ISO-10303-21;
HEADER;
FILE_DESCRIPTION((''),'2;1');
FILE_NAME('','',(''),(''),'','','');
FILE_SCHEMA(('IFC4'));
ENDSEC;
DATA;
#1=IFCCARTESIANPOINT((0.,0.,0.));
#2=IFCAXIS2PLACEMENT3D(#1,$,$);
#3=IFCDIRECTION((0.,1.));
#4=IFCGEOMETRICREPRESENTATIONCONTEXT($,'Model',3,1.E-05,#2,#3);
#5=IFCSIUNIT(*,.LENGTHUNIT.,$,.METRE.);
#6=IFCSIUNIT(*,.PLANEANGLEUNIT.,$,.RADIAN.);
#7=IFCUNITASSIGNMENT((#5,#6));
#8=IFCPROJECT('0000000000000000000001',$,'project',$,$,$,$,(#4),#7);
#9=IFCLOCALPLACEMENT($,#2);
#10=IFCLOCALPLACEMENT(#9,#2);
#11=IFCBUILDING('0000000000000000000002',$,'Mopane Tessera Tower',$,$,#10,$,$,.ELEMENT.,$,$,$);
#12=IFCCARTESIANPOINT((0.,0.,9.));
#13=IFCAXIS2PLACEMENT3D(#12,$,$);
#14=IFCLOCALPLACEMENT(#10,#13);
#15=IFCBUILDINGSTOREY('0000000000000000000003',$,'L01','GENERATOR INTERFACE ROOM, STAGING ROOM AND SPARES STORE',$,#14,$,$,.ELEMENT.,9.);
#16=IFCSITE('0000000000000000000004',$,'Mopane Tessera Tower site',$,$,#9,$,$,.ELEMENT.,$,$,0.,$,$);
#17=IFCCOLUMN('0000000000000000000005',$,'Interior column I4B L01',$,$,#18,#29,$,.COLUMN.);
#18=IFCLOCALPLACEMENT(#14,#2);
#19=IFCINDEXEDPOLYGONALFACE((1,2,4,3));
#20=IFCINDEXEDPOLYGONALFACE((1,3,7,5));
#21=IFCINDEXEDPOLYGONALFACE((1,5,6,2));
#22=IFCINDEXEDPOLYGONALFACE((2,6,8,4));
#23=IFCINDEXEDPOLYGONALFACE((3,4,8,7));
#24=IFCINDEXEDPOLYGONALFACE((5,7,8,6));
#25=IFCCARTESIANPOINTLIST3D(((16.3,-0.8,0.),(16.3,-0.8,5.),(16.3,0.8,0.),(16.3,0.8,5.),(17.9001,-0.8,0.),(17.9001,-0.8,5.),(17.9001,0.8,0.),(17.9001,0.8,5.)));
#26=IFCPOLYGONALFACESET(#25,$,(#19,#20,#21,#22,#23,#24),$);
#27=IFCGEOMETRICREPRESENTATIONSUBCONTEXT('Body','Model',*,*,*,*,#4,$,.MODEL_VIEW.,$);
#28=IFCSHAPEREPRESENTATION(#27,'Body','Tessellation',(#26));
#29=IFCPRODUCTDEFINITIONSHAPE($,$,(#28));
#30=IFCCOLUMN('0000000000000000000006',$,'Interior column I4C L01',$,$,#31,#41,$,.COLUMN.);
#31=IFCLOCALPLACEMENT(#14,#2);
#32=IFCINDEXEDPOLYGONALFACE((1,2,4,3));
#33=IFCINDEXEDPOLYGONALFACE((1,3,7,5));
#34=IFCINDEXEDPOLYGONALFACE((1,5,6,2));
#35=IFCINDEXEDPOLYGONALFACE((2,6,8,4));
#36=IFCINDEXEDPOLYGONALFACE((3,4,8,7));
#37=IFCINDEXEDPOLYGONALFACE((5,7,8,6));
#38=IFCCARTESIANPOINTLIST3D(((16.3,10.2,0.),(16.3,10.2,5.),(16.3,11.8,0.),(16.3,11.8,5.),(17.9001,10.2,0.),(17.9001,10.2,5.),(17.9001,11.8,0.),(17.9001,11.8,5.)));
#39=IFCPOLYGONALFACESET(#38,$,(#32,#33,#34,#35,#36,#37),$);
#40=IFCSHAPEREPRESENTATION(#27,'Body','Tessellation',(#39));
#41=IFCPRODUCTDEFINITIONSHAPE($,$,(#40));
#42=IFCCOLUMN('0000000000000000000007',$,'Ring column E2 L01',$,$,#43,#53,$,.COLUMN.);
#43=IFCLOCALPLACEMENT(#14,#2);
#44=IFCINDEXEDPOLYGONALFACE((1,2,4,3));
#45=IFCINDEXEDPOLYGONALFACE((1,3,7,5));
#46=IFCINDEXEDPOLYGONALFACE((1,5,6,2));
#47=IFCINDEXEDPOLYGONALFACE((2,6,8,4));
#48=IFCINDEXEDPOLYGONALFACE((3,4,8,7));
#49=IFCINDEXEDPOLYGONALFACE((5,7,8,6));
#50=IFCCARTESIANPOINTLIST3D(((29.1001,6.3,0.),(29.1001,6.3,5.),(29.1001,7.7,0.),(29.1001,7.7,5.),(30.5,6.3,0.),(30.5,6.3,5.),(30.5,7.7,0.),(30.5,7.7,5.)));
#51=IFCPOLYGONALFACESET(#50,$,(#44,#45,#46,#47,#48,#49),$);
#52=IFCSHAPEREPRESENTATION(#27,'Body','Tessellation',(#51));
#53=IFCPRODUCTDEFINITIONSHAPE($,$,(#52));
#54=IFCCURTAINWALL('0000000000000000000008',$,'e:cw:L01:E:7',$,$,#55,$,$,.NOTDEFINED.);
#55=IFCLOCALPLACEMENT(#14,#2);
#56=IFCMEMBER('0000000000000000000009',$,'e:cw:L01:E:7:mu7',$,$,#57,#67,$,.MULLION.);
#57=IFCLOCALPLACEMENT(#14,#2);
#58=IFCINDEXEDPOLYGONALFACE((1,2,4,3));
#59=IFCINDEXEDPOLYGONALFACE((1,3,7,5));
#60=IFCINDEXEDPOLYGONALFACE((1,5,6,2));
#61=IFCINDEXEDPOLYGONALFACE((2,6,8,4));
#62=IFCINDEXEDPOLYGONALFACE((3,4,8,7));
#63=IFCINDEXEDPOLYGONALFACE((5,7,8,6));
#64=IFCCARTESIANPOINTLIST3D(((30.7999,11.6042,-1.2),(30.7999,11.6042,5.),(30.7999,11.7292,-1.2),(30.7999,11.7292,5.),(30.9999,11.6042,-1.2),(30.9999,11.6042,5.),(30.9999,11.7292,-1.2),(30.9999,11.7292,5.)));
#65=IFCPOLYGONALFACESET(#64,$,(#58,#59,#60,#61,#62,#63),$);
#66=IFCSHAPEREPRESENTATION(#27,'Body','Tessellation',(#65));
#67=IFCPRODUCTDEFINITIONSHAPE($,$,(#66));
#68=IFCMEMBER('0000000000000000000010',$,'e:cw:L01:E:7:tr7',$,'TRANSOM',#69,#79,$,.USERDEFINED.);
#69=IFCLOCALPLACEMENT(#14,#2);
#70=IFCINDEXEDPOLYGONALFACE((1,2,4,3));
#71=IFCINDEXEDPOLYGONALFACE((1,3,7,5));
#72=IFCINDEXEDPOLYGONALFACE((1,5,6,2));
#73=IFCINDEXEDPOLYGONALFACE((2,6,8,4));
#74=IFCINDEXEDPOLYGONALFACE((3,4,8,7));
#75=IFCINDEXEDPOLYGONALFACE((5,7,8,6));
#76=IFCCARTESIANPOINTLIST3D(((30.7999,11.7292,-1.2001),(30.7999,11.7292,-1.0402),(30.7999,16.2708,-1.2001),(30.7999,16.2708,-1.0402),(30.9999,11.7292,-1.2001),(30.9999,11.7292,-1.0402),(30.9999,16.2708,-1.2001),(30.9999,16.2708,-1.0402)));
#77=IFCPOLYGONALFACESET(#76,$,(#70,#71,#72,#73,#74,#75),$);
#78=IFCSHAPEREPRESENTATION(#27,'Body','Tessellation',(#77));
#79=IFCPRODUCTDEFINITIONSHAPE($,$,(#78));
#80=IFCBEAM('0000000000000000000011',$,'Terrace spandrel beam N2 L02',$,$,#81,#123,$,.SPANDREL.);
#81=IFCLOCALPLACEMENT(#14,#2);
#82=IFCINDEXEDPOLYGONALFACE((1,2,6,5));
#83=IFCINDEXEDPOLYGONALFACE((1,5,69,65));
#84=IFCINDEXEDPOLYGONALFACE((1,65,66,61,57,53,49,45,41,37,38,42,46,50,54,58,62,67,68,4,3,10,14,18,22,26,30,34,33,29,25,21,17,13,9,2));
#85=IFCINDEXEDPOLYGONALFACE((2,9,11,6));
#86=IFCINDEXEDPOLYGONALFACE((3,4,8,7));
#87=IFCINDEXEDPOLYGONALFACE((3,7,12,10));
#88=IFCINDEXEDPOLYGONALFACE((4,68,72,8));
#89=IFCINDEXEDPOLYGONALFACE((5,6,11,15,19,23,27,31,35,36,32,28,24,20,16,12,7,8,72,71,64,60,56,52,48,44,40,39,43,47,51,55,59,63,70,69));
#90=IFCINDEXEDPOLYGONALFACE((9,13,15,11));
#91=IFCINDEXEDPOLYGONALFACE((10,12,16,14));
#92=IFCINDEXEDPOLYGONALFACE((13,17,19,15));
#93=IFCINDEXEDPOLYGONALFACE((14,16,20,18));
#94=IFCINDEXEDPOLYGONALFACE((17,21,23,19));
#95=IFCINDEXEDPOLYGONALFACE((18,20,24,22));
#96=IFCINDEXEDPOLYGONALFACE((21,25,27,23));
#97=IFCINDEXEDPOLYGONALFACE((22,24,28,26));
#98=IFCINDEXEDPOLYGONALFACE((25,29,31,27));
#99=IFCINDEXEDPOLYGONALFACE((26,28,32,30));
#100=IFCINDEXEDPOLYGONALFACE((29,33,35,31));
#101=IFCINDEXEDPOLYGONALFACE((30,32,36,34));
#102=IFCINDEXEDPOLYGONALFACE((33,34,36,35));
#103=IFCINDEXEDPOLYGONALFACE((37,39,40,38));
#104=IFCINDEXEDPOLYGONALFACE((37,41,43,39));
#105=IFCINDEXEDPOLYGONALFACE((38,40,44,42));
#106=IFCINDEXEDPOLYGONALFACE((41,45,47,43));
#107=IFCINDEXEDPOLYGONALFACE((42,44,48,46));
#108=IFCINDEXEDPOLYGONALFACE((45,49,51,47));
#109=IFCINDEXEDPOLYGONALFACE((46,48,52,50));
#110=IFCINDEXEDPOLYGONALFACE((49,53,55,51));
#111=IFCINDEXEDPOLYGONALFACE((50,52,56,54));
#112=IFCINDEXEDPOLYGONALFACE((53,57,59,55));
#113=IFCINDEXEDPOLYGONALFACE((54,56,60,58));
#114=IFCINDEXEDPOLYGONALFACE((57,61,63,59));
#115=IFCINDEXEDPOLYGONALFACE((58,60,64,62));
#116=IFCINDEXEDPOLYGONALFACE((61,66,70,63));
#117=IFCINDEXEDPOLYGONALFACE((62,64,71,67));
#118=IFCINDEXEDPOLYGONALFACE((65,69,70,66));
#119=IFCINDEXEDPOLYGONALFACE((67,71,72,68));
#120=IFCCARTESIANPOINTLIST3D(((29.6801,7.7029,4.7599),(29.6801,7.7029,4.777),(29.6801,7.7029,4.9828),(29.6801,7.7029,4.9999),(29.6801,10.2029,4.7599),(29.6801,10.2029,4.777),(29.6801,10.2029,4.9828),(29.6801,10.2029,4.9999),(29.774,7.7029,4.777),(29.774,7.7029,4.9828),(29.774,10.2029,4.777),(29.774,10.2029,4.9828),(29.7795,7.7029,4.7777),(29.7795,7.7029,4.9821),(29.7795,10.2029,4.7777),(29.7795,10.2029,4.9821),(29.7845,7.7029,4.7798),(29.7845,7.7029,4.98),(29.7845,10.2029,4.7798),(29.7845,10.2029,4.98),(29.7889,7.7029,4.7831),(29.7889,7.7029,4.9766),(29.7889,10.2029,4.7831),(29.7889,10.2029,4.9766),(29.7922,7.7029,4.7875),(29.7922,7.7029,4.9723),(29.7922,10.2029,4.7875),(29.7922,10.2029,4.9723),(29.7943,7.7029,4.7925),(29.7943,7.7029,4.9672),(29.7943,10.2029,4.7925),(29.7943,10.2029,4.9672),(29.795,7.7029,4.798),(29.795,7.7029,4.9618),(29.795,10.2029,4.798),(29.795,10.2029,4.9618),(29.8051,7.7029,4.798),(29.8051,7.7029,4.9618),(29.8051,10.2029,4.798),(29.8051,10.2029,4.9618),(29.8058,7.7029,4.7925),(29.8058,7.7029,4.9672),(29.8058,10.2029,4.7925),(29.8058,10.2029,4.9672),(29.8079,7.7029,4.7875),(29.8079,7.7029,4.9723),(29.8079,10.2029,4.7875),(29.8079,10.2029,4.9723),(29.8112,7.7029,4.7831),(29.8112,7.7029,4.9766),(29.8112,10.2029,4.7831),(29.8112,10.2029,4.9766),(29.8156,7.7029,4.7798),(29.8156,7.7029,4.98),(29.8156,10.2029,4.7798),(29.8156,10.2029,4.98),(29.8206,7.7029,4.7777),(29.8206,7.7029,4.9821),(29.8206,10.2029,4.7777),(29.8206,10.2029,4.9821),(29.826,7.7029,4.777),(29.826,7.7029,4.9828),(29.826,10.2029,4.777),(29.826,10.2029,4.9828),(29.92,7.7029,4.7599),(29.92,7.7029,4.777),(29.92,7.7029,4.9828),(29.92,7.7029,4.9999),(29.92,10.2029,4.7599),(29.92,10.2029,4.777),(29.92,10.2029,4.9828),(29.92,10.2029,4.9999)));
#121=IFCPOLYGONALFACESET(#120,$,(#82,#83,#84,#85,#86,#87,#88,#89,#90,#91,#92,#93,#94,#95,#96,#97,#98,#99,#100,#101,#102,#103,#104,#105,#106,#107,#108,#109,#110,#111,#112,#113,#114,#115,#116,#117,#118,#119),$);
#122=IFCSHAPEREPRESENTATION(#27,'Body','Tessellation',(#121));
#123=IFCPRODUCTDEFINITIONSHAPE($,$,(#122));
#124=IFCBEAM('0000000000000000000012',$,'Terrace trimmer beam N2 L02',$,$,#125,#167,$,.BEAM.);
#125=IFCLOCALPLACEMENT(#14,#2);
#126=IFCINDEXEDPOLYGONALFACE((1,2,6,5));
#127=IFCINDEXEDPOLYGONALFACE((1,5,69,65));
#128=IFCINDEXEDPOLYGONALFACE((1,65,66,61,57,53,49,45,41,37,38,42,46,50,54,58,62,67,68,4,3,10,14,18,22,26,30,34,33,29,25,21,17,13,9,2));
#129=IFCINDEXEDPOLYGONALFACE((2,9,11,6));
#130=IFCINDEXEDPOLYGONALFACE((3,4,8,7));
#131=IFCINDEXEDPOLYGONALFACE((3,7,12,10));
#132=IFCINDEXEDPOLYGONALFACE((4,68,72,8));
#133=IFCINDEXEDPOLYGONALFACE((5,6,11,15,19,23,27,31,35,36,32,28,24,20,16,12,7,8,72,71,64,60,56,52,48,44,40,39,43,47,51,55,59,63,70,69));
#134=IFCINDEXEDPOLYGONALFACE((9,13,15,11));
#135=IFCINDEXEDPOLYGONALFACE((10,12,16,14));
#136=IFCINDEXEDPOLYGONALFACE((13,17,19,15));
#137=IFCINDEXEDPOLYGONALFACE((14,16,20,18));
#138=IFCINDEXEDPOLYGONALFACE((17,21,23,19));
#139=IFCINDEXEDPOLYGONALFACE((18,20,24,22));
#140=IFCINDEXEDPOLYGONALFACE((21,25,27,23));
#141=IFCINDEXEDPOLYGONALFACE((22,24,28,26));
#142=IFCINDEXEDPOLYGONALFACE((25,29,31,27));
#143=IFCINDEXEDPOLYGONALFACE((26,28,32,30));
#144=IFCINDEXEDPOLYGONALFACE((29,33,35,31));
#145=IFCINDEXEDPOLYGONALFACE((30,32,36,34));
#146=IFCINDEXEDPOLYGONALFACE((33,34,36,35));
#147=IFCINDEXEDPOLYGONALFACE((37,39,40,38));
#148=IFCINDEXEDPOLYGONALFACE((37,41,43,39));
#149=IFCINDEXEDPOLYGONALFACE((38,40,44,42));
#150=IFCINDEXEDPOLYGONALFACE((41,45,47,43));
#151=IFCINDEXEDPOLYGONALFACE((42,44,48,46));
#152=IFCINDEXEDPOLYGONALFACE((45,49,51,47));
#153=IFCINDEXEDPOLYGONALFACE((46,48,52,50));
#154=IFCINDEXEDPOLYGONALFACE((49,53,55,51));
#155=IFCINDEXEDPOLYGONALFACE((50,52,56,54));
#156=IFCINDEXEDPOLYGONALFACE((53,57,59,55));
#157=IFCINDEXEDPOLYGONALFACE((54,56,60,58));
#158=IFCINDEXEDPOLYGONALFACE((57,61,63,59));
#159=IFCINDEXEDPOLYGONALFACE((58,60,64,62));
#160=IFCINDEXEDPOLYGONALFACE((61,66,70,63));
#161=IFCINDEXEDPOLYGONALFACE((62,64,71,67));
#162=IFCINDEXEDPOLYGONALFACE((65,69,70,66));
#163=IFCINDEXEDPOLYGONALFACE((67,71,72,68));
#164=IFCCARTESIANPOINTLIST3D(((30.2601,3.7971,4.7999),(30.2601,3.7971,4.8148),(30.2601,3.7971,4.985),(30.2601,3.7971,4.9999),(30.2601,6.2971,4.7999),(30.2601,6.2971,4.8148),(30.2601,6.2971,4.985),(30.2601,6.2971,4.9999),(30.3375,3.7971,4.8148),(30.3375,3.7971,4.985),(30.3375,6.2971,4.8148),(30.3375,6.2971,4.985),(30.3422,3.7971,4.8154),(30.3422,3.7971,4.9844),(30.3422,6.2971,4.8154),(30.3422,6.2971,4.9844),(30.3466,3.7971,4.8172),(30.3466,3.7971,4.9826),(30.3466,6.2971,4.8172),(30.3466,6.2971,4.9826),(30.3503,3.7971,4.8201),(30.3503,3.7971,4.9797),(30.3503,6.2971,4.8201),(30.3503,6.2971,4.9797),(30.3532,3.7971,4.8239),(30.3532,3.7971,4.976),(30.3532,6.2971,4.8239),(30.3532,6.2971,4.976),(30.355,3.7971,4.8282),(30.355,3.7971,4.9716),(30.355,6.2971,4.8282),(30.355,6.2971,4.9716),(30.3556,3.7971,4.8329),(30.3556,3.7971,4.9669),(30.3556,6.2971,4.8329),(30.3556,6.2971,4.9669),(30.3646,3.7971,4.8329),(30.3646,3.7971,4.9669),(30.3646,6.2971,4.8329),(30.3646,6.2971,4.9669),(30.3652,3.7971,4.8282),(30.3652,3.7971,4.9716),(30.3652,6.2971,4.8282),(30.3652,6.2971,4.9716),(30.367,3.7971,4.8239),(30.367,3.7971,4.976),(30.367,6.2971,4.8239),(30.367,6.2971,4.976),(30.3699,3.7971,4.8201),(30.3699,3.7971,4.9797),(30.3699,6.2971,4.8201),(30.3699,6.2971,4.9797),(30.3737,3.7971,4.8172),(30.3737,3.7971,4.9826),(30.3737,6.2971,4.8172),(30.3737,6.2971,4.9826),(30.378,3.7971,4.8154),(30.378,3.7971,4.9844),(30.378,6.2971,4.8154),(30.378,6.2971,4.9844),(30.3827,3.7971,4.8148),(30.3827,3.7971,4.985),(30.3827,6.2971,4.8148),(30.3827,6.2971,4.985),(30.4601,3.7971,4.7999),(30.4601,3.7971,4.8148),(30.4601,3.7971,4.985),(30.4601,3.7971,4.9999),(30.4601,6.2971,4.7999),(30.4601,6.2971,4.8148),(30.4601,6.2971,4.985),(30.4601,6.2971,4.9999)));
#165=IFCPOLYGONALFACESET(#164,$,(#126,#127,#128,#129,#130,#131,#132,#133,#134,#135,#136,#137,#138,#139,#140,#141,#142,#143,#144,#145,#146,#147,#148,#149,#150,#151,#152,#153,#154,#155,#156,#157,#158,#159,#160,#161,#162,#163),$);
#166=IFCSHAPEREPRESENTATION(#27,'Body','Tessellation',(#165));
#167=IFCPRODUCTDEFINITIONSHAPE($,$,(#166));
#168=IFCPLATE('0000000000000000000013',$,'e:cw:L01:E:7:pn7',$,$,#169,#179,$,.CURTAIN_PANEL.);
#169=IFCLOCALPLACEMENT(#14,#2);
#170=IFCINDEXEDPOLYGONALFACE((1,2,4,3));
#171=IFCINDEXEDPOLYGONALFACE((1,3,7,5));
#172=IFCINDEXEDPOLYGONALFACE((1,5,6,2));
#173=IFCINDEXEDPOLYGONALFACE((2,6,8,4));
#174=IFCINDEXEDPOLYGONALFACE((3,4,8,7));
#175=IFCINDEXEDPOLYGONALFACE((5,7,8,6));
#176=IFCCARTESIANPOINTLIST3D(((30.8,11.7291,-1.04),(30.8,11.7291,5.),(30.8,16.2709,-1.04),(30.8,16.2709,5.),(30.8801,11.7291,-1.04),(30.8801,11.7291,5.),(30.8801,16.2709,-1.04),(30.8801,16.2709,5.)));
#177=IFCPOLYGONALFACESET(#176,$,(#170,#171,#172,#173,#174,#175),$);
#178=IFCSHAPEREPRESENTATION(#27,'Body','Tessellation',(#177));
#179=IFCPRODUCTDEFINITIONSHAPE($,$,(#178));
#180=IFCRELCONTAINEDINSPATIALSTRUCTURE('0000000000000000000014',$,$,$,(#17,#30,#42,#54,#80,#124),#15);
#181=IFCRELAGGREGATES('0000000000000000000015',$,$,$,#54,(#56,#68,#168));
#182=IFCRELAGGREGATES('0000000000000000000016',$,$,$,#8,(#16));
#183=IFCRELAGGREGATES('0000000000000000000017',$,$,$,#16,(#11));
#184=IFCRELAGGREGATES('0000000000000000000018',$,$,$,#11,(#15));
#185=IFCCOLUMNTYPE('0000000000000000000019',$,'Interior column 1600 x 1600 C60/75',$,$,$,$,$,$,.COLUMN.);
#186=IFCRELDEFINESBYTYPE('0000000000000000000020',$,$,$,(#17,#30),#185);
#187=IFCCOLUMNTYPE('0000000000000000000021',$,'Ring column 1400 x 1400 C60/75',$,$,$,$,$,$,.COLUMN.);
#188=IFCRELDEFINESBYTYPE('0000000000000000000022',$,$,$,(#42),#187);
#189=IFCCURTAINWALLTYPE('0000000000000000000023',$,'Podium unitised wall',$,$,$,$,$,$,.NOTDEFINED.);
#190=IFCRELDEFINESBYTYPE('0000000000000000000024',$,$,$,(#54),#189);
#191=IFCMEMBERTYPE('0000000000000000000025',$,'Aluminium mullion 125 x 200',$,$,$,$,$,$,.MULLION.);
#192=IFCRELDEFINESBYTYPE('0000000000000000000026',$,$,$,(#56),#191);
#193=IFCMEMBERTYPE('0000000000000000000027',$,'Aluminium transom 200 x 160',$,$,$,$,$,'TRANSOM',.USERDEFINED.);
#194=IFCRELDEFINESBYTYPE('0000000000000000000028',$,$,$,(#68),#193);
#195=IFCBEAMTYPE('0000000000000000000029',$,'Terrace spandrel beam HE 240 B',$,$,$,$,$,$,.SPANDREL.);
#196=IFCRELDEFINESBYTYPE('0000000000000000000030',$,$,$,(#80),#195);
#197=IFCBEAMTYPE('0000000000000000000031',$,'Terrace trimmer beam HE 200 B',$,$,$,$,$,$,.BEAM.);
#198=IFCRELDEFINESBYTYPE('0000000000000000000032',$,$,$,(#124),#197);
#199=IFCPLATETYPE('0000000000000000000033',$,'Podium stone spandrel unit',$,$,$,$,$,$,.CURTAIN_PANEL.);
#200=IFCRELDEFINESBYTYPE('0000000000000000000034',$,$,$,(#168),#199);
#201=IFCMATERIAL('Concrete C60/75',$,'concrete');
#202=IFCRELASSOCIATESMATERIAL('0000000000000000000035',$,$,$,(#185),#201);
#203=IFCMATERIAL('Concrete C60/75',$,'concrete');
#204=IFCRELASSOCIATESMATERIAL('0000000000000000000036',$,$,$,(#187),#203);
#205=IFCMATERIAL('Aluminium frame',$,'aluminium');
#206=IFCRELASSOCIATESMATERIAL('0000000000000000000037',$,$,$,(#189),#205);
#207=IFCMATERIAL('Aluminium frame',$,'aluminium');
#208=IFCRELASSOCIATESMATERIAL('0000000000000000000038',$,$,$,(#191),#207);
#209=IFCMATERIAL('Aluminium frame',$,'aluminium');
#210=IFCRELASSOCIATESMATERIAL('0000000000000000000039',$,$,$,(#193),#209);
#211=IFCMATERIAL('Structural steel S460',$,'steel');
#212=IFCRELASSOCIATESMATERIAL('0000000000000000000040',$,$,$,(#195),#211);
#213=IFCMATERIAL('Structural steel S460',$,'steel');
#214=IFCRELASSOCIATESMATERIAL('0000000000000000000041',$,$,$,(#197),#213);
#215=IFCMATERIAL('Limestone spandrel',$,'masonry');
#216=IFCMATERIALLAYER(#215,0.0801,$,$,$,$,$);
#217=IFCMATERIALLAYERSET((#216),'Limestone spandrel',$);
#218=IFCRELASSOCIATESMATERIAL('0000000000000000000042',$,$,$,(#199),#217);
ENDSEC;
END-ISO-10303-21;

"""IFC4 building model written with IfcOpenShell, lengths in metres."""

from ifc_helpers import new_model, si_unit, direction, frame, origin, origin_2d, place, context, subcontext, project, spatial, rectangle, i_section, extrude, material, layer, layer_set, material_profile, profile_set, type_object, element, aggregate, save


model = new_model("IFC4")

# Units and contexts
model_context = context("Model", 3, precision=1e-05, world=origin(), true_north=direction((0.0, 1.0)))
body_context = subcontext(model_context, "Body", "Model", "MODEL_VIEW")
ifc_project = project(units=[si_unit("LENGTHUNIT", "METRE"), si_unit("PLANEANGLEUNIT", "RADIAN")], contexts=[model_context])

# Site, building, storey
site_placement = place(None, origin())
site = spatial("IfcSite", under=ifc_project, at=site_placement, Name="Mopane Tessera Tower site", CompositionType="ELEMENT", RefElevation=0.0)
building_placement = place(site_placement, origin())
building = spatial("IfcBuilding", under=site, at=building_placement, Name="Mopane Tessera Tower", CompositionType="ELEMENT")
storey_placement = place(building_placement, frame((0.0, 0.0, 9.0)))
storey = spatial("IfcBuildingStorey", under=building, at=storey_placement, Name="L01", Description="GENERATOR INTERFACE ROOM, STAGING ROOM AND SPARES STORE", CompositionType="ELEMENT", Elevation=9.0)

# Columns
ifc_material_1 = material(Name="Concrete C60/75", Category="concrete")
ifc_material_profile_1 = material_profile(ifc_material_1, rectangle(XDim=1.6001, YDim=1.6001, at=origin_2d()))
ifc_profile_set_1 = profile_set([ifc_material_profile_1], Name="Concrete C60/75")
column_type_1 = type_object("IfcColumnType", Name="Interior column 1600 x 1600 C60/75", PredefinedType="COLUMN", material=ifc_profile_set_1)
for number, where, z_axis, x_axis, name in (
    (1, (17.1001, 0.0, 0.0), (0.0, 0.0, 1.0), (1.0, 0.0, 0.0), "Interior column I4B L01"),
    (2, (17.1001, 11.0, 0.0), (0.0, 0.0, 1.0), (1.0, 0.0, 0.0), "Interior column I4C L01"),
):
    element("IfcColumn", number, at=place(storey_placement, frame(where, z_axis=z_axis, x_axis=x_axis)), inside=storey, type_object=column_type_1, Name=name, PredefinedType="COLUMN", context=body_context, shape_type="SweptSolid", body=[
        extrude(rectangle(XDim=1.6001, YDim=1.6001, at=origin_2d()), origin(), (0.0, 0.0, 1.0), 5.0),
    ])
ifc_material_2 = material(Name="Concrete C60/75", Category="concrete")
ifc_material_profile_2 = material_profile(ifc_material_2, rectangle(XDim=1.3999, YDim=1.3999, at=origin_2d()))
ifc_profile_set_2 = profile_set([ifc_material_profile_2], Name="Concrete C60/75")
column_type_2 = type_object("IfcColumnType", Name="Ring column 1400 x 1400 C60/75", PredefinedType="COLUMN", material=ifc_profile_set_2)
column_placement = place(storey_placement, frame((29.8, 7.0, 0.0), z_axis=(0.0, 0.0, 1.0), x_axis=(1.0, 0.0, 0.0)))
element("IfcColumn", 3, at=column_placement, inside=storey, type_object=column_type_2, Name="Ring column E2 L01", PredefinedType="COLUMN", context=body_context, shape_type="SweptSolid", body=[
    extrude(rectangle(XDim=1.3999, YDim=1.3999, at=origin_2d()), origin(), (0.0, 0.0, 1.0), 5.0),
])

# Curtain wall, members
ifc_material_3 = material(Name="Aluminium frame", Category="aluminium")
curtain_wall_type = type_object("IfcCurtainWallType", Name="Podium unitised wall", PredefinedType="NOTDEFINED", material=ifc_material_3)
curtain_wall_placement = place(storey_placement, origin())
curtain_wall = element("IfcCurtainWall", 4, at=curtain_wall_placement, inside=storey, type_object=curtain_wall_type, Name="e:cw:L01:E:7", PredefinedType="NOTDEFINED")
ifc_material_4 = material(Name="Aluminium frame", Category="aluminium")
ifc_material_profile_3 = material_profile(ifc_material_4, rectangle(XDim=0.125, YDim=0.2, at=origin_2d()))
ifc_profile_set_3 = profile_set([ifc_material_profile_3], Name="Aluminium frame")
member_type_1 = type_object("IfcMemberType", Name="Aluminium mullion 125 x 200", PredefinedType="MULLION", material=ifc_profile_set_3)
member_1_placement = place(storey_placement, frame((30.8999, 11.6667, -1.2), z_axis=(0.0, 0.0, 1.0), x_axis=(0.0, 1.0, 0.0)))
member_1 = element("IfcMember", 5, at=member_1_placement, type_object=member_type_1, Name="e:cw:L01:E:7:mu7", PredefinedType="MULLION", context=body_context, shape_type="SweptSolid", body=[
    extrude(rectangle(XDim=0.125, YDim=0.2, at=origin_2d()), origin(), (0.0, 0.0, 1.0), 6.2),
])
ifc_material_5 = material(Name="Aluminium frame", Category="aluminium")
ifc_material_profile_4 = material_profile(ifc_material_5, rectangle(XDim=0.2, YDim=0.1599, at=origin_2d()))
ifc_profile_set_4 = profile_set([ifc_material_profile_4], Name="Aluminium frame")
member_type_2 = type_object("IfcMemberType", Name="Aluminium transom 200 x 160", ElementType="TRANSOM", PredefinedType="USERDEFINED", material=ifc_profile_set_4)
member_2_placement = place(storey_placement, frame((30.8999, 11.7292, -1.1201), z_axis=(0.0, 1.0, 0.0), x_axis=(-1.0, 0.0, 0.0)))
member_2 = element("IfcMember", 6, at=member_2_placement, type_object=member_type_2, Name="e:cw:L01:E:7:tr7", ObjectType="TRANSOM", PredefinedType="USERDEFINED", context=body_context, shape_type="SweptSolid", body=[
    extrude(rectangle(XDim=0.2, YDim=0.1599, at=origin_2d()), origin(), (0.0, 0.0, 1.0), 4.5415),
])

# Beams
ifc_material_6 = material(Name="Structural steel S460", Category="steel")
ifc_material_profile_5 = material_profile(ifc_material_6, i_section(OverallWidth=0.24, OverallDepth=0.24, WebThickness=0.01, FlangeThickness=0.0171, FilletRadius=0.021, at=origin_2d()))
ifc_profile_set_5 = profile_set([ifc_material_profile_5], Name="Structural steel S460")
beam_type_1 = type_object("IfcBeamType", Name="Terrace spandrel beam HE 240 B", PredefinedType="SPANDREL", material=ifc_profile_set_5)
beam_1_placement = place(storey_placement, frame((29.8, 7.7029, 4.8799), z_axis=(0.0, 1.0, 0.0), x_axis=(-1.0, 0.0, 0.0)))
element("IfcBeam", 7, at=beam_1_placement, inside=storey, type_object=beam_type_1, Name="Terrace spandrel beam N2 L02", PredefinedType="SPANDREL", context=body_context, shape_type="SweptSolid", body=[
    extrude(i_section(OverallWidth=0.24, OverallDepth=0.24, WebThickness=0.01, FlangeThickness=0.0171, FilletRadius=0.021, at=origin_2d()), origin(), (0.0, 0.0, 1.0), 2.5),
])
ifc_material_7 = material(Name="Structural steel S460", Category="steel")
ifc_material_profile_6 = material_profile(ifc_material_7, i_section(OverallWidth=0.2, OverallDepth=0.2, WebThickness=0.009, FlangeThickness=0.0149, FilletRadius=0.0181, at=origin_2d()))
ifc_profile_set_6 = profile_set([ifc_material_profile_6], Name="Structural steel S460")
beam_type_2 = type_object("IfcBeamType", Name="Terrace trimmer beam HE 200 B", PredefinedType="BEAM", material=ifc_profile_set_6)
beam_2_placement = place(storey_placement, frame((30.3601, 6.2971, 4.8999), z_axis=(0.0, -1.0, 0.0), x_axis=(1.0, 0.0, 0.0)))
element("IfcBeam", 8, at=beam_2_placement, inside=storey, type_object=beam_type_2, Name="Terrace trimmer beam N2 L02", PredefinedType="BEAM", context=body_context, shape_type="SweptSolid", body=[
    extrude(i_section(OverallWidth=0.2, OverallDepth=0.2, WebThickness=0.009, FlangeThickness=0.0149, FilletRadius=0.0181, at=origin_2d()), origin(), (0.0, 0.0, 1.0), 2.5),
])

# Plate
ifc_material_8 = material(Name="Limestone spandrel", Category="masonry")
ifc_layer_1 = layer(ifc_material_8, 0.0801)
ifc_layer_set_1 = layer_set([ifc_layer_1], Name="Limestone spandrel")
plate_type = type_object("IfcPlateType", Name="Podium stone spandrel unit", PredefinedType="CURTAIN_PANEL", material=ifc_layer_set_1)
plate_placement = place(storey_placement, frame((30.8401, 14.0, -1.04), z_axis=(0.0, 0.0, 1.0), x_axis=(0.0, 1.0, 0.0)))
plate = element("IfcPlate", 9, at=plate_placement, type_object=plate_type, Name="e:cw:L01:E:7:pn7", PredefinedType="CURTAIN_PANEL", context=body_context, shape_type="SweptSolid", body=[
    extrude(rectangle(XDim=4.5417, YDim=0.0801, at=origin_2d()), origin(), (0.0, 0.0, 1.0), 6.04),
])
aggregate(curtain_wall, [member_1, member_2, plate])

save(model, "model.ifc")
